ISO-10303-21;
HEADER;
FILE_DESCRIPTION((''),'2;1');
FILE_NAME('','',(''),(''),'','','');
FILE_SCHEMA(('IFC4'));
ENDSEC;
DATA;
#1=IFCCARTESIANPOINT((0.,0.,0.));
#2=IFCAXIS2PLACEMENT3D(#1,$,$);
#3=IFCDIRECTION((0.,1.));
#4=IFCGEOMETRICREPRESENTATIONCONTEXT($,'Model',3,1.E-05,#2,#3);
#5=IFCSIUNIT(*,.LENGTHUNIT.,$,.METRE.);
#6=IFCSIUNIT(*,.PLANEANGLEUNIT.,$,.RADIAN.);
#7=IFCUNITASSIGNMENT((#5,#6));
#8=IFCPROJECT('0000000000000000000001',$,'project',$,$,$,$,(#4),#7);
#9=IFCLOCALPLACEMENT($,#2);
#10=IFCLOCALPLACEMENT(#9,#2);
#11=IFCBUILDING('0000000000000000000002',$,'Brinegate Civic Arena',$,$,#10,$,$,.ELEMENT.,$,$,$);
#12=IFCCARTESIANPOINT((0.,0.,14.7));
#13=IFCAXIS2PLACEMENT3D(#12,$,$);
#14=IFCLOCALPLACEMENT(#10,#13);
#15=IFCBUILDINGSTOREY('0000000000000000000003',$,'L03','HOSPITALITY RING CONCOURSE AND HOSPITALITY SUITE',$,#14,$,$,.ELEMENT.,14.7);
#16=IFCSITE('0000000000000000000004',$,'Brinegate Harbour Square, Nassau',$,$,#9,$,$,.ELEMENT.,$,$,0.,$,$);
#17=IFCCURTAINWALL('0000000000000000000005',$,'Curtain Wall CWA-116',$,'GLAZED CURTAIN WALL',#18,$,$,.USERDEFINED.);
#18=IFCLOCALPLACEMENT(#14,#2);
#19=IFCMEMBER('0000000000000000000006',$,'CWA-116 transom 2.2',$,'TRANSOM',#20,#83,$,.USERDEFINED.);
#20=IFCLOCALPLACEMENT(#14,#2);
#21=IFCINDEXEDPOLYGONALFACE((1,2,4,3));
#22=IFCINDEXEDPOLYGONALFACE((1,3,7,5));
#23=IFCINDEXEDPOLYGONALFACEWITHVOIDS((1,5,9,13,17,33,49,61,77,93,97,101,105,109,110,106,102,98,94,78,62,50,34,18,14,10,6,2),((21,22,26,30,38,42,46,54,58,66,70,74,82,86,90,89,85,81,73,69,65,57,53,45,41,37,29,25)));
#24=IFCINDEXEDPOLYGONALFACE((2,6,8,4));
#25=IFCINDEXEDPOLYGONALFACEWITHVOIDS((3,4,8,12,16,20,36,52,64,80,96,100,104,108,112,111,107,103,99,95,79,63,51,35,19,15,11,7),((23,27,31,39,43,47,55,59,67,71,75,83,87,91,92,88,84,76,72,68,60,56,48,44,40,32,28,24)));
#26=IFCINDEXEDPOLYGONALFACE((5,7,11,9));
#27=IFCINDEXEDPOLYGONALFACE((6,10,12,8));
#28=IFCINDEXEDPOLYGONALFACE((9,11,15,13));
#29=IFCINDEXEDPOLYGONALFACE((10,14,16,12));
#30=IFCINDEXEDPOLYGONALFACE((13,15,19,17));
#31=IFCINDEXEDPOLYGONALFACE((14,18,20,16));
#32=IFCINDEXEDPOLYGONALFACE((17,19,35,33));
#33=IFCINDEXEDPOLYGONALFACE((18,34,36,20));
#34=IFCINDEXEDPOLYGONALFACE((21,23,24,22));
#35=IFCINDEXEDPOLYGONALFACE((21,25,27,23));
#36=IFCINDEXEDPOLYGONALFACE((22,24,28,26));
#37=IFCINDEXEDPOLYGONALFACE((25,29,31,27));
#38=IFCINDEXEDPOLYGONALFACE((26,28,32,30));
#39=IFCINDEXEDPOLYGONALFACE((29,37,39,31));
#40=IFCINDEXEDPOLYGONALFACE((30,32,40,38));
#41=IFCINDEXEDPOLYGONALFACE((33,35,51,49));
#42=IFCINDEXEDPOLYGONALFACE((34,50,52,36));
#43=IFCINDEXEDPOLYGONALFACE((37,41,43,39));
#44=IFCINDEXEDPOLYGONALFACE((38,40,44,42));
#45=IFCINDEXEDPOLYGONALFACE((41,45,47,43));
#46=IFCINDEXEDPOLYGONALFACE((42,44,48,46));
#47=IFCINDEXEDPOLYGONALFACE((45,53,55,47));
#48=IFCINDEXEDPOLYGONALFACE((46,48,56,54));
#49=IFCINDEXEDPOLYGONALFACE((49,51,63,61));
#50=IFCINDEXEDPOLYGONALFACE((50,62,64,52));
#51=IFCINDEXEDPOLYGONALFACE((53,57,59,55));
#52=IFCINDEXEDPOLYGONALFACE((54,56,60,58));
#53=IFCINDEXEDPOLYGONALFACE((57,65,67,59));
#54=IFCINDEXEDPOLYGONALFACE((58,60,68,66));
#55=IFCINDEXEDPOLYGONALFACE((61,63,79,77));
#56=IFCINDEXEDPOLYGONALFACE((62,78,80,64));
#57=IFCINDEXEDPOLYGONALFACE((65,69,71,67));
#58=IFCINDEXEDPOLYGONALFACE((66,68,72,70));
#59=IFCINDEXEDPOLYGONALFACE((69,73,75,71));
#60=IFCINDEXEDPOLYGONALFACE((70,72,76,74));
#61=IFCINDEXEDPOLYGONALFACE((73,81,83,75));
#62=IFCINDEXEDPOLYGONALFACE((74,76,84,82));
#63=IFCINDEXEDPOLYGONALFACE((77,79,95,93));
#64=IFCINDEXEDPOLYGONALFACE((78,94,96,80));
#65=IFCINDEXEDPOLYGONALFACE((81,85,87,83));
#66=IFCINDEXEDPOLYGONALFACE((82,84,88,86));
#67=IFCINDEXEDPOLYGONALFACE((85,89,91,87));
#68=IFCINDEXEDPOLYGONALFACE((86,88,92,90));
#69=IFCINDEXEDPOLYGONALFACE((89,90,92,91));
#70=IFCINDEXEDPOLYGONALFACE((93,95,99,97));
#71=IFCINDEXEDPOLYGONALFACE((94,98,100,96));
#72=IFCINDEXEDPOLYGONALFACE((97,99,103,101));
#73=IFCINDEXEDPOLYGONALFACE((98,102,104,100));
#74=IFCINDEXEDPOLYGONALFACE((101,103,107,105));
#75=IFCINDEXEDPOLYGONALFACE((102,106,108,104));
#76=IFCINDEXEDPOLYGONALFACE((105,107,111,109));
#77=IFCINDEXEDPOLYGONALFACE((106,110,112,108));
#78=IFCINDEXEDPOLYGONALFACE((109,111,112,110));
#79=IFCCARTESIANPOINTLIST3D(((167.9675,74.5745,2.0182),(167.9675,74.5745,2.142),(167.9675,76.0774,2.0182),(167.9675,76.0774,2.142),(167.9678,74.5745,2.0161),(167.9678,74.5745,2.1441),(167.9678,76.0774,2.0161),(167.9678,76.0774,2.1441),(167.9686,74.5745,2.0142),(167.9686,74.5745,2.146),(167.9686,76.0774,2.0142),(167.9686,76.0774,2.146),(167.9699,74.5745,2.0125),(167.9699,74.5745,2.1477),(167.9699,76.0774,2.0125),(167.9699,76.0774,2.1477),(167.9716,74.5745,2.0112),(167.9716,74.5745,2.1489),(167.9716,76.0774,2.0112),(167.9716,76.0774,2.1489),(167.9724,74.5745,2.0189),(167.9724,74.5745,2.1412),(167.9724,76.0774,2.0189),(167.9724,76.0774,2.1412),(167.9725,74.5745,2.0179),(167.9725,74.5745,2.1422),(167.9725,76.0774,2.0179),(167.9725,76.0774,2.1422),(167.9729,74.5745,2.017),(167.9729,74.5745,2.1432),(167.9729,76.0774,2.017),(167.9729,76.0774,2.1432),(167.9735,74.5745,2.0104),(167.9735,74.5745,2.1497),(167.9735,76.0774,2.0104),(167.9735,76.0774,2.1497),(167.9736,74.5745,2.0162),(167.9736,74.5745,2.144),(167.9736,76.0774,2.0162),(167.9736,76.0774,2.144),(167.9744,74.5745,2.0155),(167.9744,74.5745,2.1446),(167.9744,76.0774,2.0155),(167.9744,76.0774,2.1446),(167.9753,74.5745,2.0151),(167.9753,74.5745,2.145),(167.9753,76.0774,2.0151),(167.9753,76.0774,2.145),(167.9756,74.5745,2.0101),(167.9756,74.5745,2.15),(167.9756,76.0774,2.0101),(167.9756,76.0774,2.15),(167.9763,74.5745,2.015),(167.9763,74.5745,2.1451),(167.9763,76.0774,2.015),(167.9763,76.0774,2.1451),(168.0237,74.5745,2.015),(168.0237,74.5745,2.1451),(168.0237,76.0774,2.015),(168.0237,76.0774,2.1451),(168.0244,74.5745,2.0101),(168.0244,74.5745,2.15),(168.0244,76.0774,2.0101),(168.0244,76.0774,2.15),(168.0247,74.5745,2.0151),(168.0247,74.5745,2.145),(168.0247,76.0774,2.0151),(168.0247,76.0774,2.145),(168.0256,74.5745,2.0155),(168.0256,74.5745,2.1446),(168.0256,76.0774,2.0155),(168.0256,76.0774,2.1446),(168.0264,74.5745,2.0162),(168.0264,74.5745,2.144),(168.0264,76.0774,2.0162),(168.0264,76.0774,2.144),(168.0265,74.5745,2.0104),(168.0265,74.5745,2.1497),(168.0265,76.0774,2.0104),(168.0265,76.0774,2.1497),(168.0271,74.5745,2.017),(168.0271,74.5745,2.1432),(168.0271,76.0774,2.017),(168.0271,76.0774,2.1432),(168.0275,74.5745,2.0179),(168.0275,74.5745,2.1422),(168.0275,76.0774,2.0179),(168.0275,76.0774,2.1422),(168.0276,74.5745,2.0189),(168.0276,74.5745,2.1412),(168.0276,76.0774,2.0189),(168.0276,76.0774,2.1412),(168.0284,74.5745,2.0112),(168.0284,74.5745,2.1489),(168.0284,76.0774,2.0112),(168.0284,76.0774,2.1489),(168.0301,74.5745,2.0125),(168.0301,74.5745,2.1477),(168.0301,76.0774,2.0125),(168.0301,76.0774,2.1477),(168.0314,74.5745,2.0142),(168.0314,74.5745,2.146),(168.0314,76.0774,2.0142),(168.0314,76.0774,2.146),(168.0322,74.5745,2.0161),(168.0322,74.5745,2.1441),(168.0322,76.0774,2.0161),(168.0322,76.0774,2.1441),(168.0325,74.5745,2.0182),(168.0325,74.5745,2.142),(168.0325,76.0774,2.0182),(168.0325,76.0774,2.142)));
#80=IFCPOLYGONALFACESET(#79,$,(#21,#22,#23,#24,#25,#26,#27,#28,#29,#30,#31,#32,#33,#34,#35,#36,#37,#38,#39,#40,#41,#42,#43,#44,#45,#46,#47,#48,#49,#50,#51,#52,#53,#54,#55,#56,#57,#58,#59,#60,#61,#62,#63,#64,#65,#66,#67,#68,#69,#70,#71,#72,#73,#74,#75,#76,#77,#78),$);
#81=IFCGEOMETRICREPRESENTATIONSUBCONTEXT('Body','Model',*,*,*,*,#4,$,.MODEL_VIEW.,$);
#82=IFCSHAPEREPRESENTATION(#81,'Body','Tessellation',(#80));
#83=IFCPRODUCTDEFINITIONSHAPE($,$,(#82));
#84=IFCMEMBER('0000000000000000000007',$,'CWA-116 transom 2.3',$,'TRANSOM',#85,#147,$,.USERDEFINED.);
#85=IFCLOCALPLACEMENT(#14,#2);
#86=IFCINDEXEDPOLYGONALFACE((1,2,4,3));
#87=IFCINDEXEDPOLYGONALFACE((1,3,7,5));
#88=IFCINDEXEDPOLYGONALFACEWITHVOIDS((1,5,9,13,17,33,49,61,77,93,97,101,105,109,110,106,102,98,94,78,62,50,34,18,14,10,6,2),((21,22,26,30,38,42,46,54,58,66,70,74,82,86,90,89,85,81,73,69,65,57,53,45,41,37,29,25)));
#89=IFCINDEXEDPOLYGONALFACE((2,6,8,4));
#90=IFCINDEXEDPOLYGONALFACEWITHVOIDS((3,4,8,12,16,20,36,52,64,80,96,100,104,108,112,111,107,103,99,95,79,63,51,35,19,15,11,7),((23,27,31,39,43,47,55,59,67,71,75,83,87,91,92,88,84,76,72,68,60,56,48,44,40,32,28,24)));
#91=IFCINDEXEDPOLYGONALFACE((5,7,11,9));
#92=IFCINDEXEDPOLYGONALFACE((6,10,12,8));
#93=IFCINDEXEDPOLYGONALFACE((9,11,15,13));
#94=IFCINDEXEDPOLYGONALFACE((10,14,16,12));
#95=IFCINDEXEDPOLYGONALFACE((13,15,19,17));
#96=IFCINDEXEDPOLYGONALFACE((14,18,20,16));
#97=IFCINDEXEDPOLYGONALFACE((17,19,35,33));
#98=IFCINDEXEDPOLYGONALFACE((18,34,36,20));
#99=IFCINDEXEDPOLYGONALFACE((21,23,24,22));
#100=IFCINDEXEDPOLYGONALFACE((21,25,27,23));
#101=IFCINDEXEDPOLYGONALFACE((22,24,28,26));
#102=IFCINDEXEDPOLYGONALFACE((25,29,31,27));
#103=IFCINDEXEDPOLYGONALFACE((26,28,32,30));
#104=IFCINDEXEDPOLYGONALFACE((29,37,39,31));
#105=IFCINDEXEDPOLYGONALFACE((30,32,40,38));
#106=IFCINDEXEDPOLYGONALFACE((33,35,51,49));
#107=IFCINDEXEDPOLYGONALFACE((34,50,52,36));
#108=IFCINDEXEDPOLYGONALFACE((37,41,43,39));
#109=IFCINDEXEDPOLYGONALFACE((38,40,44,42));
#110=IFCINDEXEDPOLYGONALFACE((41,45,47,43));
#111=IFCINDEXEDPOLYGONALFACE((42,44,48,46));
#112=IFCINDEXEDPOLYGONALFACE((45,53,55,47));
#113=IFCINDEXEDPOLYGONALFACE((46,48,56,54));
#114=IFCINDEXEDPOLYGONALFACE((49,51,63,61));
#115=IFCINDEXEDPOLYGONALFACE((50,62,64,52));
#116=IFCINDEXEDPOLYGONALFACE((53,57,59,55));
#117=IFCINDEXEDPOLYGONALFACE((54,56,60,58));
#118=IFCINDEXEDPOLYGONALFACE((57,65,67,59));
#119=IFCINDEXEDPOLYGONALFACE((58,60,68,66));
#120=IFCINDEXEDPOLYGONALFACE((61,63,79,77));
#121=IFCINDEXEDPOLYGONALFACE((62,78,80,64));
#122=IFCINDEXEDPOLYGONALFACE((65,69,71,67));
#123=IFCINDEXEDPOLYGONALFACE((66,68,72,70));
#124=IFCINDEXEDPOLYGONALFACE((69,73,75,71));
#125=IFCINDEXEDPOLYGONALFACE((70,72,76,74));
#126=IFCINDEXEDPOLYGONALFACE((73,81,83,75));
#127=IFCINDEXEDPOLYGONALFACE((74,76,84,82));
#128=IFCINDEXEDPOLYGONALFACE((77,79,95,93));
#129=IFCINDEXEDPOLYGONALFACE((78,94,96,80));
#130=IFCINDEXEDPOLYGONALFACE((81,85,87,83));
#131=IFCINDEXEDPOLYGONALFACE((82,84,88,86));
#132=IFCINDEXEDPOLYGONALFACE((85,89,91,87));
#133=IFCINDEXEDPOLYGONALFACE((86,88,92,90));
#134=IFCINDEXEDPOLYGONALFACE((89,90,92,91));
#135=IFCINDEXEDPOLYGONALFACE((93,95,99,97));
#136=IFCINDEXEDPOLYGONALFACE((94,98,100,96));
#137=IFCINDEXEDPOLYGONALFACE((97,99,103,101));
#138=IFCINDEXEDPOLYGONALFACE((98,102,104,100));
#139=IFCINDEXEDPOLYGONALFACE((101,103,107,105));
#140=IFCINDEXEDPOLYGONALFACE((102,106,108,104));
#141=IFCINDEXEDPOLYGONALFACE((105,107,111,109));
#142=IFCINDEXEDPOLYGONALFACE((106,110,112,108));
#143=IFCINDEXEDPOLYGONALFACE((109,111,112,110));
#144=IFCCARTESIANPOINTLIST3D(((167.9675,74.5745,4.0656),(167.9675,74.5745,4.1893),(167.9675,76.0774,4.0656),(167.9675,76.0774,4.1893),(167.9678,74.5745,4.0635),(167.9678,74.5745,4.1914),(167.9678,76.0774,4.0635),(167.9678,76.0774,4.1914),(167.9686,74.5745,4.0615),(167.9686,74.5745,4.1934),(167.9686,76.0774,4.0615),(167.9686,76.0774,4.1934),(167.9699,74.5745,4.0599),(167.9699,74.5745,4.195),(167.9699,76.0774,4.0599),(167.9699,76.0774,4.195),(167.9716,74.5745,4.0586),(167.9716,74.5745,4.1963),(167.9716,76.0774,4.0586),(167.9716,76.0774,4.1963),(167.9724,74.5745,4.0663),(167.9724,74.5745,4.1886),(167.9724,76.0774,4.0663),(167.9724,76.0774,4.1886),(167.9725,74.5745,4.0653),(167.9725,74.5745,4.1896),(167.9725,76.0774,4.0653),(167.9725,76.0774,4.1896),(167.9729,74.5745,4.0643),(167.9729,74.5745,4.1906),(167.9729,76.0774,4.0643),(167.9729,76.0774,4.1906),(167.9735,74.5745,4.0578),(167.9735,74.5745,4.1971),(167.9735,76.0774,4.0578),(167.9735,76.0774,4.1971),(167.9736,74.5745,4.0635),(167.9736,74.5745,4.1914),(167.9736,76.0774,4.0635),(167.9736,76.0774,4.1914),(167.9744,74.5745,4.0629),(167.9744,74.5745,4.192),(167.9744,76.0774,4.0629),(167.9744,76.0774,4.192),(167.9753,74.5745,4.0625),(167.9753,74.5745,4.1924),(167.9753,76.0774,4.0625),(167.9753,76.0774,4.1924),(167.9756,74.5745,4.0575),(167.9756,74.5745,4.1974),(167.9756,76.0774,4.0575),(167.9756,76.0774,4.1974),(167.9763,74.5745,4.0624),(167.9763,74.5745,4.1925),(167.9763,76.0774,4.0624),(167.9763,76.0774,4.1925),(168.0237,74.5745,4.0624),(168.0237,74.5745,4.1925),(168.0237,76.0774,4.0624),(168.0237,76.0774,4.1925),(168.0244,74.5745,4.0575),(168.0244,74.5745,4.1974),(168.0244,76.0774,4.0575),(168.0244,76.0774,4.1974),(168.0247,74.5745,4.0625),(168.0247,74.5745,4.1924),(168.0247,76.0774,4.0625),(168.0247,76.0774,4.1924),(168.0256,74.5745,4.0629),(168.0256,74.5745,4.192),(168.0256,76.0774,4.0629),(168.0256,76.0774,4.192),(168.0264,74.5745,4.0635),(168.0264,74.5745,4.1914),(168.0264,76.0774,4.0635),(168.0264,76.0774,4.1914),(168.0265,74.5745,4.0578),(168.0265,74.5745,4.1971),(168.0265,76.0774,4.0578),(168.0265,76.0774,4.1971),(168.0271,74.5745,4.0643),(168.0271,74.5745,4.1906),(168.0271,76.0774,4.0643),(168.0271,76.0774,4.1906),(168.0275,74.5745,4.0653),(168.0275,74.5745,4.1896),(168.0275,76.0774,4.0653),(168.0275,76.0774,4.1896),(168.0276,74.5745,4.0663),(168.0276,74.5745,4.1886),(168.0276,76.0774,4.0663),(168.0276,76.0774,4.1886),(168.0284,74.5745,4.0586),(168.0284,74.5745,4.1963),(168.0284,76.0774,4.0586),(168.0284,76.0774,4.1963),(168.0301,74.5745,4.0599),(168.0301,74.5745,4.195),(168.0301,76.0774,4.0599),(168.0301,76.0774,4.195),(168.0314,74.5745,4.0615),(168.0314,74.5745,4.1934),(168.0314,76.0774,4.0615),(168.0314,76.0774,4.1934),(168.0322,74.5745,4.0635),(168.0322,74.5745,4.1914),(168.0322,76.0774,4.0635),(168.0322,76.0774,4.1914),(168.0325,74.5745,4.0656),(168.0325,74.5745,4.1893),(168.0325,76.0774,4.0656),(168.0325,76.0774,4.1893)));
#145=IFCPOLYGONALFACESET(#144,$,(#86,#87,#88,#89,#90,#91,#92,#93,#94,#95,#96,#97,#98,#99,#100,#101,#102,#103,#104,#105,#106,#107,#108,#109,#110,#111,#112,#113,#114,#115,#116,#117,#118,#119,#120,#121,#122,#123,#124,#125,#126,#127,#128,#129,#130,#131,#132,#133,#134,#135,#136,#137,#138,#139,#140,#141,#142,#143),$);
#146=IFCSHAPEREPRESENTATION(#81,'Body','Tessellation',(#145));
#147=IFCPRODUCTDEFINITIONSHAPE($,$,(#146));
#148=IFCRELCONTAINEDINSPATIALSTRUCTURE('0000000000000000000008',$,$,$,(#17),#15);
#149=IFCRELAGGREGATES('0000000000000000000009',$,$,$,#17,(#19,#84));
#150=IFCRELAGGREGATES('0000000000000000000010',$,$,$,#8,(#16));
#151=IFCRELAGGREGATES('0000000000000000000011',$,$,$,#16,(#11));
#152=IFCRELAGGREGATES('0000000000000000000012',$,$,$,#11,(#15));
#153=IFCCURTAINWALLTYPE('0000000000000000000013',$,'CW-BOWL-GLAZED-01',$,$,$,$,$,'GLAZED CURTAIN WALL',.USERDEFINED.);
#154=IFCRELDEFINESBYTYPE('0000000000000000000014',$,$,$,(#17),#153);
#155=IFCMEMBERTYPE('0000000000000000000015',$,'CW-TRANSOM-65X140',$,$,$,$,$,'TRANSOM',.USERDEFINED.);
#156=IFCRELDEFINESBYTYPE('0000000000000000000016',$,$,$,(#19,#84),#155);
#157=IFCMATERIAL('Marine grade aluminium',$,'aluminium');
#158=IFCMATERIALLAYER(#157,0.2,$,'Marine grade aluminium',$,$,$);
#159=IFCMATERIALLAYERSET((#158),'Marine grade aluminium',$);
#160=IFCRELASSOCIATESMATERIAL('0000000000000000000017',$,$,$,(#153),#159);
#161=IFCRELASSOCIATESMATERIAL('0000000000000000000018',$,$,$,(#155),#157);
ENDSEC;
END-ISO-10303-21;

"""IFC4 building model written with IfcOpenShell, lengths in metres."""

from ifc_helpers import new_model, si_unit, direction, frame, origin, origin_2d, place, context, subcontext, project, spatial, hollow_rectangle, extrude, material, layer, layer_set, material_profile, profile_set, type_object, element, aggregate, save


model = new_model("IFC4")

# Units and contexts
model_context = context("Model", 3, precision=1e-05, world=origin(), true_north=direction((0.0, 1.0)))
body_context = subcontext(model_context, "Body", "Model", "MODEL_VIEW")
ifc_project = project(units=[si_unit("LENGTHUNIT", "METRE"), si_unit("PLANEANGLEUNIT", "RADIAN")], contexts=[model_context])

# Site, building, storey
site_placement = place(None, origin())
site = spatial("IfcSite", under=ifc_project, at=site_placement, Name="Brinegate Harbour Square, Nassau", CompositionType="ELEMENT", RefElevation=0.0)
building_placement = place(site_placement, origin())
building = spatial("IfcBuilding", under=site, at=building_placement, Name="Brinegate Civic Arena", CompositionType="ELEMENT")
storey_placement = place(building_placement, frame((0.0, 0.0, 14.7)))
storey = spatial("IfcBuildingStorey", under=building, at=storey_placement, Name="L03", Description="HOSPITALITY RING CONCOURSE AND HOSPITALITY SUITE", CompositionType="ELEMENT", Elevation=14.7)

# Curtain wall
ifc_material_1 = material(Name="Marine grade aluminium", Category="aluminium")
ifc_layer_1 = layer(ifc_material_1, 0.2, Name="Marine grade aluminium")
ifc_layer_set_1 = layer_set([ifc_layer_1], Name="Marine grade aluminium")
curtain_wall_type = type_object("IfcCurtainWallType", Name="CW-BOWL-GLAZED-01", ElementType="GLAZED CURTAIN WALL", PredefinedType="USERDEFINED", material=ifc_layer_set_1)
curtain_wall_1_placement = place(storey_placement, origin())
curtain_wall_1 = element("IfcCurtainWall", 1, at=curtain_wall_1_placement, inside=storey, type_object=curtain_wall_type, Name="Curtain Wall CWA-116", ObjectType="GLAZED CURTAIN WALL", PredefinedType="USERDEFINED")

# Members
ifc_material_profile_1 = material_profile(ifc_material_1, hollow_rectangle(XDim=0.0649, YDim=0.1399, WallThickness=0.0049, InnerFilletRadius=0.0039, OuterFilletRadius=0.0081, at=origin_2d()), Name="TRN65X140")
ifc_profile_set_1 = profile_set([ifc_material_profile_1], Name="Marine grade aluminium")
member_type_1 = type_object("IfcMemberType", Name="CW-TRANSOM-65X140", ElementType="TRANSOM", PredefinedType="USERDEFINED", material=ifc_profile_set_1)
member_1_placement = place(storey_placement, frame((168.0, 74.5745, 2.0801), z_axis=(0.0, 1.0, 0.0), x_axis=(-1.0, 0.0, 0.0)))
member_1 = element("IfcMember", 2, at=member_1_placement, type_object=member_type_1, Name="CWA-116 transom 2.2", ObjectType="TRANSOM", PredefinedType="USERDEFINED", context=body_context, shape_type="SweptSolid", body=[
    extrude(hollow_rectangle(XDim=0.0649, YDim=0.1399, WallThickness=0.0049, InnerFilletRadius=0.0039, OuterFilletRadius=0.0081, at=origin_2d()), origin(), (0.0, 0.0, 1.0), 1.5029),
])
member_2_placement = place(storey_placement, frame((168.0, 74.5745, 4.1274), z_axis=(0.0, 1.0, 0.0), x_axis=(-1.0, 0.0, 0.0)))
member_2 = element("IfcMember", 3, at=member_2_placement, type_object=member_type_1, Name="CWA-116 transom 2.3", ObjectType="TRANSOM", PredefinedType="USERDEFINED", context=body_context, shape_type="SweptSolid", body=[
    extrude(hollow_rectangle(XDim=0.0649, YDim=0.1399, WallThickness=0.0049, InnerFilletRadius=0.0039, OuterFilletRadius=0.0081, at=origin_2d()), origin(), (0.0, 0.0, 1.0), 1.5029),
])

aggregate(curtain_wall_1, [member_1, member_2])

save(model, "model.ifc")
